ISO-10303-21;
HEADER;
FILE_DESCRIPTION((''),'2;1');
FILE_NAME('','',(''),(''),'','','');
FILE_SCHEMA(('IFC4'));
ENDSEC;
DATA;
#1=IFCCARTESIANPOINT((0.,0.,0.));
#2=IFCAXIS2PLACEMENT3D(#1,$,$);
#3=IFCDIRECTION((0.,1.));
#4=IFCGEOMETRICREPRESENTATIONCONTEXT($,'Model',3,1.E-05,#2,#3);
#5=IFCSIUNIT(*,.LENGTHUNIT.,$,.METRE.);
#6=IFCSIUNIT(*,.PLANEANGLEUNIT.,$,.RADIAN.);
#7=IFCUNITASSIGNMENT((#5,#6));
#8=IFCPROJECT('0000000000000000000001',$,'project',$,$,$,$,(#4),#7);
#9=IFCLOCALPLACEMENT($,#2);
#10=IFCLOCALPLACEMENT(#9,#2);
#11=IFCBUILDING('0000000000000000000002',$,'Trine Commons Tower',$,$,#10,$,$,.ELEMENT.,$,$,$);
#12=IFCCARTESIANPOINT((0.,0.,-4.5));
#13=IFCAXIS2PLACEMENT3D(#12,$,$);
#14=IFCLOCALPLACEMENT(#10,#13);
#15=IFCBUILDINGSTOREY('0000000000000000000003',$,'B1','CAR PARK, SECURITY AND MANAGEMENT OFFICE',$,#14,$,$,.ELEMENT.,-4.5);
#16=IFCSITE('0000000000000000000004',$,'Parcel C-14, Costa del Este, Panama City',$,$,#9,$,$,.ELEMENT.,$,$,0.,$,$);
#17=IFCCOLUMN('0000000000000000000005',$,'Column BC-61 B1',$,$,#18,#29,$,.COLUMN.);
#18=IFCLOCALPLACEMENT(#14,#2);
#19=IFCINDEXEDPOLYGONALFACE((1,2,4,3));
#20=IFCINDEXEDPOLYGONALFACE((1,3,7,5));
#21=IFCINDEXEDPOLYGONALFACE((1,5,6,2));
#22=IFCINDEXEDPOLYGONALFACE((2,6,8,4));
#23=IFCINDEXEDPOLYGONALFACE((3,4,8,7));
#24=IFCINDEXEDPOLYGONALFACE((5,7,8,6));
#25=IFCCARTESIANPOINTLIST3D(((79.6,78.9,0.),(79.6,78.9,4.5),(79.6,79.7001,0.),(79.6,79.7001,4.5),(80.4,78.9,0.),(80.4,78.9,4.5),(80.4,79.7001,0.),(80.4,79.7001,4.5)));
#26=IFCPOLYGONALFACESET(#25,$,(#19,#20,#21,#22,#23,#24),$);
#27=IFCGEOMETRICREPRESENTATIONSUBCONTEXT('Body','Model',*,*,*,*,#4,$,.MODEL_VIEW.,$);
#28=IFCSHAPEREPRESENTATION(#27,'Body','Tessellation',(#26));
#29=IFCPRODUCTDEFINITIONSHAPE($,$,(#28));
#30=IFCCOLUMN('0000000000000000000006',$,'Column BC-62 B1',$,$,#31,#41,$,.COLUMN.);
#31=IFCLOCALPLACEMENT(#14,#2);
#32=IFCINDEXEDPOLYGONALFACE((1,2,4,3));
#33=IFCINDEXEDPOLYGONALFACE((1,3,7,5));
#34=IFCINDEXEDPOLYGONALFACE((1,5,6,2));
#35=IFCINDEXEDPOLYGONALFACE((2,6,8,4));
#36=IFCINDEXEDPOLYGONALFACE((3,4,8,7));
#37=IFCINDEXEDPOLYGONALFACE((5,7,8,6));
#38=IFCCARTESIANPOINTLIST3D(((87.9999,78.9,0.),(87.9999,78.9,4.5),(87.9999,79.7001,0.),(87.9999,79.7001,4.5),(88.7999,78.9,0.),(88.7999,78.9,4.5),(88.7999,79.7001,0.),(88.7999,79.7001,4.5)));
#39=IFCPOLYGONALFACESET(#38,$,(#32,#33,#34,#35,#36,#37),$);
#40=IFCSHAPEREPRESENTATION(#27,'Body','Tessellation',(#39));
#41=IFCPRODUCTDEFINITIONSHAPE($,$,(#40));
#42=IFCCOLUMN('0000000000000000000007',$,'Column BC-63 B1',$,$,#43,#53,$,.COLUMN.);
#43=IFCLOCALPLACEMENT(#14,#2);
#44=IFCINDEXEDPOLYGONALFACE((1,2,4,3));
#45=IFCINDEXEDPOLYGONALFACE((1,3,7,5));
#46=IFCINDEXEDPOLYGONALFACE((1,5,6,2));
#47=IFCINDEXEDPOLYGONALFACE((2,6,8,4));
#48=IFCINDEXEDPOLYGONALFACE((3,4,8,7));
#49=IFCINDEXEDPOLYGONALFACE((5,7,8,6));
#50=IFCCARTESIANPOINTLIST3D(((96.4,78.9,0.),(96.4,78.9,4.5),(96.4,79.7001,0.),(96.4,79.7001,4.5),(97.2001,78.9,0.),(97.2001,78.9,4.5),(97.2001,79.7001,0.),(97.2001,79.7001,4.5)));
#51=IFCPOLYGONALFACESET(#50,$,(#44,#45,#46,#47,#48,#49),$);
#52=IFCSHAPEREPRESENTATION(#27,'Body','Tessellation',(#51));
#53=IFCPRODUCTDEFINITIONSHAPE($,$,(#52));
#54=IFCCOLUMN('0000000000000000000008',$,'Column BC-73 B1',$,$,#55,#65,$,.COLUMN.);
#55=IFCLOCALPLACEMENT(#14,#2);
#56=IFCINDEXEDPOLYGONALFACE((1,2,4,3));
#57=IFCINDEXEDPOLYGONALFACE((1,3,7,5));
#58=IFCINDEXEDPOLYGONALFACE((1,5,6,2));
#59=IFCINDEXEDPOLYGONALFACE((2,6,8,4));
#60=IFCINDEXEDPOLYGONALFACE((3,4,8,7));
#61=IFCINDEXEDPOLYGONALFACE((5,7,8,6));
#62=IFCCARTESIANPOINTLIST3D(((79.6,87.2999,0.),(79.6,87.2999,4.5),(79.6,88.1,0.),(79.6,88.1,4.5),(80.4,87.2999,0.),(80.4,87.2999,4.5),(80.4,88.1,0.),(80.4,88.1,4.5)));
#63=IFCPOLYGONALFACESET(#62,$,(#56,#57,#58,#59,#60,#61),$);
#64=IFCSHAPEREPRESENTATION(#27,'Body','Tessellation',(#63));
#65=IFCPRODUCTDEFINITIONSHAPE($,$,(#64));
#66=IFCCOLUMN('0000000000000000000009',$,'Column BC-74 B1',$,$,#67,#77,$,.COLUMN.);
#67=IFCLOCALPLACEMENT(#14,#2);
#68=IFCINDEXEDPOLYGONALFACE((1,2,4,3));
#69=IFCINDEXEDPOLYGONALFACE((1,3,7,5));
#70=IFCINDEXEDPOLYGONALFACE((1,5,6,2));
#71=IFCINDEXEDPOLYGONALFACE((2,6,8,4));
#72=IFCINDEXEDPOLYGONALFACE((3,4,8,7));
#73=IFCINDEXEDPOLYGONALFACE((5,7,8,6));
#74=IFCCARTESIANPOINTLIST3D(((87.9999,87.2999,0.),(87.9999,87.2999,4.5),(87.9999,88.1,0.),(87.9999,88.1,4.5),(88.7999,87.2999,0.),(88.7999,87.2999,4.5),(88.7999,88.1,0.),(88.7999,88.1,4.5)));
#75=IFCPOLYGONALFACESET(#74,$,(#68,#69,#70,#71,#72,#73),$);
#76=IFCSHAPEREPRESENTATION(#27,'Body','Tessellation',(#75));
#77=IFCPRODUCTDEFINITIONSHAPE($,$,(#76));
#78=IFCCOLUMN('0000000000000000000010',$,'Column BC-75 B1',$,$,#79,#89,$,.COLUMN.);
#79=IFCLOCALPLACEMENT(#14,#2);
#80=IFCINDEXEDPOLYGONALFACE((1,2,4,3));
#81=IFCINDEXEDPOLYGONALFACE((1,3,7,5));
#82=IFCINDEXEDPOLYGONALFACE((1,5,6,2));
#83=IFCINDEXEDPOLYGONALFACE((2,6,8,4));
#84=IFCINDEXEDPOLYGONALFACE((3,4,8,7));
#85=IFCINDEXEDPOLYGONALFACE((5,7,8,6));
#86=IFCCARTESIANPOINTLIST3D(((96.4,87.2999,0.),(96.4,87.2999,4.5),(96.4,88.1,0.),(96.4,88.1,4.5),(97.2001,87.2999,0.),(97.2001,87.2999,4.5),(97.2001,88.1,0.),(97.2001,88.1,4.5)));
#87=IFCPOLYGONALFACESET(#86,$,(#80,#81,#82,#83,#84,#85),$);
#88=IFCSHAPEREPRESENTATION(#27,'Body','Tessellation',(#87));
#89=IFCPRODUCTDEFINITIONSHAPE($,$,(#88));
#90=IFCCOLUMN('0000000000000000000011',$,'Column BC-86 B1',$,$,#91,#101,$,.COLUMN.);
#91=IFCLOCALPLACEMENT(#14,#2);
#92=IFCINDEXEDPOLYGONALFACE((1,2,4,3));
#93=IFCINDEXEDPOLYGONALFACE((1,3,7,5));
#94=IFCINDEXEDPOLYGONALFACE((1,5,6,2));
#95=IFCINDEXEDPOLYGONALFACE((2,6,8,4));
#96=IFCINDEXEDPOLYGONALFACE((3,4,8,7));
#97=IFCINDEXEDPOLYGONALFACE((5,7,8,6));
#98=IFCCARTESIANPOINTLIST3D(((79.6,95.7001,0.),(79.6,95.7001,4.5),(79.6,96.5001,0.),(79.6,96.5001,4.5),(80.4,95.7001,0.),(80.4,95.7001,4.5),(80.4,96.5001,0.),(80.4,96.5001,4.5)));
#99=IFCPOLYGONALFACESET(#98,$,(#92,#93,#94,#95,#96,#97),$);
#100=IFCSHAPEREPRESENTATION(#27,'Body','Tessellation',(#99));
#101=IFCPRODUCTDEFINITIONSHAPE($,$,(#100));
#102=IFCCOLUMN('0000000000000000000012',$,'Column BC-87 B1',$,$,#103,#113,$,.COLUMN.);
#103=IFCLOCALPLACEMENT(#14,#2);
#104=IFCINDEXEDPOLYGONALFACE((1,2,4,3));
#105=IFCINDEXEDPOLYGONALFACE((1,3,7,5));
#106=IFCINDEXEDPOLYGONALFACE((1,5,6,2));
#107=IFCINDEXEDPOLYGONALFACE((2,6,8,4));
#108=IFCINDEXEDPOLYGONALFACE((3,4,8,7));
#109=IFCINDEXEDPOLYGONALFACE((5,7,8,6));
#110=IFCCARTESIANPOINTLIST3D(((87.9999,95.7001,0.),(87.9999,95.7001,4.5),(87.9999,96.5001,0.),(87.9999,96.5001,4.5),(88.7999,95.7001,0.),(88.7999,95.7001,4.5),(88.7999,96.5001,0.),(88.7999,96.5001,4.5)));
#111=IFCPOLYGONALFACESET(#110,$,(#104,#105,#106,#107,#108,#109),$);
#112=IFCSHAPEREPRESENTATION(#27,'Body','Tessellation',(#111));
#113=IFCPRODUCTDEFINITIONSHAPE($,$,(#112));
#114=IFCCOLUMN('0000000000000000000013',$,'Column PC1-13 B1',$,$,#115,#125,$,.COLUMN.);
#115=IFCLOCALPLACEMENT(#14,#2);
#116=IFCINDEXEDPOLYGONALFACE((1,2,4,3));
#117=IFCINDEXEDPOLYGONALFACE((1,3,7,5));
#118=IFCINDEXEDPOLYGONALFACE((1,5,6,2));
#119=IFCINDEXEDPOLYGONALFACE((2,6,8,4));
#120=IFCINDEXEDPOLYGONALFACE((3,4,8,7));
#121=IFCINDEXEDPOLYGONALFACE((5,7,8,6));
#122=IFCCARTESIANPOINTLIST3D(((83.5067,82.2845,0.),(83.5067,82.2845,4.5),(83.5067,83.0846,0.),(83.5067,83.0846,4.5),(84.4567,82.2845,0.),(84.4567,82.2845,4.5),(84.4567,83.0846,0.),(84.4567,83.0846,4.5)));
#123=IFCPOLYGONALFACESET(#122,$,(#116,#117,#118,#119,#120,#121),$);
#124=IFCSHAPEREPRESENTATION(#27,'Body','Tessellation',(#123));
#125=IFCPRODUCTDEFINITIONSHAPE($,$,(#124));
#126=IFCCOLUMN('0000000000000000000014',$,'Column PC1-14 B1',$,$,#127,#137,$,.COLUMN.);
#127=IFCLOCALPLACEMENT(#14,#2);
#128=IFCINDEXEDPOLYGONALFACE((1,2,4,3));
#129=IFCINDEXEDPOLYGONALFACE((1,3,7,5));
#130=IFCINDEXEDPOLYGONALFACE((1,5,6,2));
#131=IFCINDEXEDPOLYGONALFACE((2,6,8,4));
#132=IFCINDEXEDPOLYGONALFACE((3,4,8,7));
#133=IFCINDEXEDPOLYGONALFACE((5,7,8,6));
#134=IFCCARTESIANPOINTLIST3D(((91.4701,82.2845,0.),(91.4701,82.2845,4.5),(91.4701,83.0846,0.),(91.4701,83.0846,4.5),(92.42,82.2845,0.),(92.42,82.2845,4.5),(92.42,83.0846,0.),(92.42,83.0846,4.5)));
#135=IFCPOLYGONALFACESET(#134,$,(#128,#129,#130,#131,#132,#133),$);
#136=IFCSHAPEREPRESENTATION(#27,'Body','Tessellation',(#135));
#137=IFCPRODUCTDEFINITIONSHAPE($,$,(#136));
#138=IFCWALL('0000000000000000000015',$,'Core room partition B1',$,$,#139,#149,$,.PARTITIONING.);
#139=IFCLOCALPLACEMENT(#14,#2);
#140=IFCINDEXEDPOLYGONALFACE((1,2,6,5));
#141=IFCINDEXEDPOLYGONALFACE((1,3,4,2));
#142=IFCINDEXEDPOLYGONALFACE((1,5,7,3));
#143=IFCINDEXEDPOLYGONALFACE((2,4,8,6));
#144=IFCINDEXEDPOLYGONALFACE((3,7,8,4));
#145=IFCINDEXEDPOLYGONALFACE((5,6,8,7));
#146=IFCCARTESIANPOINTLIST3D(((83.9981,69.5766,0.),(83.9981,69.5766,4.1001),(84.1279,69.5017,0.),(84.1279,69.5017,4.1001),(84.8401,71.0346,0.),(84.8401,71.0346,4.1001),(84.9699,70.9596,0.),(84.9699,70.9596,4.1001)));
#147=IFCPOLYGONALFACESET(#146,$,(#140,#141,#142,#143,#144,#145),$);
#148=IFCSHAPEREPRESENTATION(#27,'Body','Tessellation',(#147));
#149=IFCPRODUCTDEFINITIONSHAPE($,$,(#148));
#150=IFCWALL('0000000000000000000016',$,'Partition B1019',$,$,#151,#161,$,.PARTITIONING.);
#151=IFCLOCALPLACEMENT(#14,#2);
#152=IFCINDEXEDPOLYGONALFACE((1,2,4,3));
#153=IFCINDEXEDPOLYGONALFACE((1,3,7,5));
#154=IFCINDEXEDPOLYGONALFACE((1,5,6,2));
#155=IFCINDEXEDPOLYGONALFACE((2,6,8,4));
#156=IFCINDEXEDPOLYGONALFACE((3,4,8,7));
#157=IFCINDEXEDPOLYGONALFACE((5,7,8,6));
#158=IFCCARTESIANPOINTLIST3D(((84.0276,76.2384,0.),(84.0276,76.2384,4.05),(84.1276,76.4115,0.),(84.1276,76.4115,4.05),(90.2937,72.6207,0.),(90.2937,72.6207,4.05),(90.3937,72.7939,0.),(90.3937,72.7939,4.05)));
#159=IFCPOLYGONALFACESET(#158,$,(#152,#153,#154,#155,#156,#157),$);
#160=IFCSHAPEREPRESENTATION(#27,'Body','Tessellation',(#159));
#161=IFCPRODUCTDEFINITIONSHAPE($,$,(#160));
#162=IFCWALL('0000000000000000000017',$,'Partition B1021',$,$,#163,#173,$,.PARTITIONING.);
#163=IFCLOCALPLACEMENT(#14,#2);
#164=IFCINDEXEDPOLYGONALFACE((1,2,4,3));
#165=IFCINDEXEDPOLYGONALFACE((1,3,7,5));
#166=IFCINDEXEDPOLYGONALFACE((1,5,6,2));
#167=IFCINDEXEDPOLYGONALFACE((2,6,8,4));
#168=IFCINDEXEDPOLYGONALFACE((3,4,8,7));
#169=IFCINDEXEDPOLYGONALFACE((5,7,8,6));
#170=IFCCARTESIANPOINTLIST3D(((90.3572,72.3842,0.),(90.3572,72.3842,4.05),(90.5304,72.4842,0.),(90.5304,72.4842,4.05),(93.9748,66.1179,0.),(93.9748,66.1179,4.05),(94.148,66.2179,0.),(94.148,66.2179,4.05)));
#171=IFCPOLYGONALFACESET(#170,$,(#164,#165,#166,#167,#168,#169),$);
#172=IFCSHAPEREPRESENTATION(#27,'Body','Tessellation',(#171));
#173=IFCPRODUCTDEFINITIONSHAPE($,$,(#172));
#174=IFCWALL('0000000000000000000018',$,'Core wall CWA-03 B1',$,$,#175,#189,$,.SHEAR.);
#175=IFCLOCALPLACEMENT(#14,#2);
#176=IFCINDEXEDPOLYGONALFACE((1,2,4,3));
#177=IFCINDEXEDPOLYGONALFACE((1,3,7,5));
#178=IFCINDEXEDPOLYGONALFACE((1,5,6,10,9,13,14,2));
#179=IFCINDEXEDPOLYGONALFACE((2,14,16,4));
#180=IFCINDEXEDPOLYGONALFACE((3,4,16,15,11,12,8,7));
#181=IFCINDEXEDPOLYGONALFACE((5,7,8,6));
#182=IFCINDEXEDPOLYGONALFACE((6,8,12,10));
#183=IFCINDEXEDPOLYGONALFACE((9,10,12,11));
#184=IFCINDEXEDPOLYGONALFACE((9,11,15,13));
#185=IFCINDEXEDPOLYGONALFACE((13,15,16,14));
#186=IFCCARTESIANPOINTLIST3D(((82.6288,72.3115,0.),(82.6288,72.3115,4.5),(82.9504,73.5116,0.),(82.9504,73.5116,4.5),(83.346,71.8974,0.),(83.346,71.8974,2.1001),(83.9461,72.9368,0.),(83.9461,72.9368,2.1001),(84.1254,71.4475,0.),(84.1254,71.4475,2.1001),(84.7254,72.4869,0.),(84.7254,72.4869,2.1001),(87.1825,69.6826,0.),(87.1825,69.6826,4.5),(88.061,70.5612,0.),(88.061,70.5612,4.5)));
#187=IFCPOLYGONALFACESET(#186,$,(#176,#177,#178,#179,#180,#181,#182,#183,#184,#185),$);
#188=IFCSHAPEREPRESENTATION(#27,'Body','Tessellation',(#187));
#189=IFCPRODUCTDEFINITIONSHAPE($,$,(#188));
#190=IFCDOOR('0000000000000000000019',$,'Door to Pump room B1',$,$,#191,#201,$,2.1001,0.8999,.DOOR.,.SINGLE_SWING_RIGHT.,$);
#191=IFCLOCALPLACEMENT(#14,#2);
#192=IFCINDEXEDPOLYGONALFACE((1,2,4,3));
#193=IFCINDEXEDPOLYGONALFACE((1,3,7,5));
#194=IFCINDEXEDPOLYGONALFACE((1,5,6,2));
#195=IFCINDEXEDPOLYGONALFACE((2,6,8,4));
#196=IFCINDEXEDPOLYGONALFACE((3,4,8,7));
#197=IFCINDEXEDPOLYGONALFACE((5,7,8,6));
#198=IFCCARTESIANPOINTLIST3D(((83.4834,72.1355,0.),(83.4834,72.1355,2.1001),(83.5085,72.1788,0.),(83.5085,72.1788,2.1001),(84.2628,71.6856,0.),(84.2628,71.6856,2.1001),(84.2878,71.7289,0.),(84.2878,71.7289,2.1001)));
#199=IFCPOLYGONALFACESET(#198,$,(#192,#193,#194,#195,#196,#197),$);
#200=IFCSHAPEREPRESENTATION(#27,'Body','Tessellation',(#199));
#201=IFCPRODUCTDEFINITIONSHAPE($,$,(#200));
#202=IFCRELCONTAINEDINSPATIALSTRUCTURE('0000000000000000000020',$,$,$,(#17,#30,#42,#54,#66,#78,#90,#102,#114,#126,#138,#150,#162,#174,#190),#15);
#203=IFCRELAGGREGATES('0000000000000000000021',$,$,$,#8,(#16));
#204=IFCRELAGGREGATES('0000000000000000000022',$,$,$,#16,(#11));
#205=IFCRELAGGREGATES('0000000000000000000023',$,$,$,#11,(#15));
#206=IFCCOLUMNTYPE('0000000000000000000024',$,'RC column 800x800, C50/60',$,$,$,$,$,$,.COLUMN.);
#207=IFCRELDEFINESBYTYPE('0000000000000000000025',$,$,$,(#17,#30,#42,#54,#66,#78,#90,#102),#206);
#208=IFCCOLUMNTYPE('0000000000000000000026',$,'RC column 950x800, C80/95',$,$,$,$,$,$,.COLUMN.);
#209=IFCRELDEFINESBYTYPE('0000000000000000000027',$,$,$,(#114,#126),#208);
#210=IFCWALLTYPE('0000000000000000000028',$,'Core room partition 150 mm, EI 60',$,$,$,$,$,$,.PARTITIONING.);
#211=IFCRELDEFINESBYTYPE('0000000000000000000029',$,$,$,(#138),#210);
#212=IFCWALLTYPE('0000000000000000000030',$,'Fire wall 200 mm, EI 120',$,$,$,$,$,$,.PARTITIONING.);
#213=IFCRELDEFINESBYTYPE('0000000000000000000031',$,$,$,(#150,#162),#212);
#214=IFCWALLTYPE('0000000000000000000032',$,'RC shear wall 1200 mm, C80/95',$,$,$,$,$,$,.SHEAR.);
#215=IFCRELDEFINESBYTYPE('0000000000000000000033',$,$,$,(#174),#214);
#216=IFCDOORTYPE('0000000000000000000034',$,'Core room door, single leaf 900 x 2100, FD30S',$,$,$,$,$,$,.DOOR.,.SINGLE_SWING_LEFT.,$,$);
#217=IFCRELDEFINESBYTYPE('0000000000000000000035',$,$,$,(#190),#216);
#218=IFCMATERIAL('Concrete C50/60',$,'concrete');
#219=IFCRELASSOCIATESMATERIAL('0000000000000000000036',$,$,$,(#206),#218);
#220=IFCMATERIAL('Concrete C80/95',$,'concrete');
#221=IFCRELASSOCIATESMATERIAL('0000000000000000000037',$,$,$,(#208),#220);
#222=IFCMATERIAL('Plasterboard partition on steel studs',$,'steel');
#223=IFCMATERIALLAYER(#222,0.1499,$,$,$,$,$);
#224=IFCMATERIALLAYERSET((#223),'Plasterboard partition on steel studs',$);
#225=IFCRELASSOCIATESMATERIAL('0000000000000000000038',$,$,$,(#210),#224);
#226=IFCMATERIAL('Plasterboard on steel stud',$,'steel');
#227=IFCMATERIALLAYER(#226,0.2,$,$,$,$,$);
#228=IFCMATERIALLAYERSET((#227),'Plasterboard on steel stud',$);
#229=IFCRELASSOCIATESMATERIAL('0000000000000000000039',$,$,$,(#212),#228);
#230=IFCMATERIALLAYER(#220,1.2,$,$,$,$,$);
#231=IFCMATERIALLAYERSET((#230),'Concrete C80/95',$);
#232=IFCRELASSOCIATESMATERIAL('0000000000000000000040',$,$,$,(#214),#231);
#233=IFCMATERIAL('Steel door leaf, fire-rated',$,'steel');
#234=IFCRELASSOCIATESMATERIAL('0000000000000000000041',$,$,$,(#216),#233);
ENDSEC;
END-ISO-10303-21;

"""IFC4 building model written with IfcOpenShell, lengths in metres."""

from ifc_helpers import new_model, si_unit, direction, frame, frame_2d, origin, origin_2d, place, context, subcontext, project, spatial, polyline, rectangle, outline, extrude, material, layer, layer_set, material_profile, profile_set, type_object, element, fill, save


model = new_model("IFC4")

# Units and contexts
model_context = context("Model", 3, precision=1e-05, world=origin(), true_north=direction((0.0, 1.0)))
body_context = subcontext(model_context, "Body", "Model", "MODEL_VIEW")
ifc_project = project(units=[si_unit("LENGTHUNIT", "METRE"), si_unit("PLANEANGLEUNIT", "RADIAN")], contexts=[model_context])

# Site, building, storey
site_placement = place(None, origin())
site = spatial("IfcSite", under=ifc_project, at=site_placement, Name="Parcel C-14, Costa del Este, Panama City", CompositionType="ELEMENT", RefElevation=0.0)
building_placement = place(site_placement, origin())
building = spatial("IfcBuilding", under=site, at=building_placement, Name="Trine Commons Tower", CompositionType="ELEMENT")
storey_placement = place(building_placement, frame((0.0, 0.0, -4.5)))
storey = spatial("IfcBuildingStorey", under=building, at=storey_placement, Name="B1", Description="CAR PARK, SECURITY AND MANAGEMENT OFFICE", CompositionType="ELEMENT", Elevation=-4.5)

# Columns
ifc_material_1 = material(Name="Concrete C50/60", Category="concrete")
ifc_material_profile_1 = material_profile(ifc_material_1, rectangle(XDim=0.8, YDim=0.8, at=origin_2d()), Name="RC 800x800")
ifc_profile_set_1 = profile_set([ifc_material_profile_1], Name="Concrete C50/60")
column_type_1 = type_object("IfcColumnType", Name="RC column 800x800, C50/60", PredefinedType="COLUMN", material=ifc_profile_set_1)
for number, where, z_axis, x_axis, name in (
    (1, (80.0, 79.3, 0.0), (0.0, 0.0, 1.0), (1.0, 0.0, 0.0), "Column BC-61 B1"),
    (2, (88.3999, 79.3, 0.0), (0.0, 0.0, 1.0), (1.0, 0.0, 0.0), "Column BC-62 B1"),
    (3, (96.8, 79.3, 0.0), (0.0, 0.0, 1.0), (1.0, 0.0, 0.0), "Column BC-63 B1"),
    (4, (80.0, 87.7, 0.0), (0.0, 0.0, 1.0), (1.0, 0.0, 0.0), "Column BC-73 B1"),
    (5, (88.3999, 87.7, 0.0), (0.0, 0.0, 1.0), (1.0, 0.0, 0.0), "Column BC-74 B1"),
    (6, (96.8, 87.7, 0.0), (0.0, 0.0, 1.0), (1.0, 0.0, 0.0), "Column BC-75 B1"),
    (7, (80.0, 96.1001, 0.0), (0.0, 0.0, 1.0), (1.0, 0.0, 0.0), "Column BC-86 B1"),
    (8, (88.3999, 96.1001, 0.0), (0.0, 0.0, 1.0), (1.0, 0.0, 0.0), "Column BC-87 B1"),
):
    element("IfcColumn", number, at=place(storey_placement, frame(where, z_axis=z_axis, x_axis=x_axis)), inside=storey, type_object=column_type_1, Name=name, PredefinedType="COLUMN", context=body_context, shape_type="SweptSolid", body=[
        extrude(rectangle(XDim=0.8, YDim=0.8, at=origin_2d()), origin(), (0.0, 0.0, 1.0), 4.5),
    ])
ifc_material_2 = material(Name="Concrete C80/95", Category="concrete")
ifc_material_profile_2 = material_profile(ifc_material_2, rectangle(XDim=0.95, YDim=0.8, at=origin_2d()), Name="RC 950x800")
ifc_profile_set_2 = profile_set([ifc_material_profile_2], Name="Concrete C80/95")
column_type_2 = type_object("IfcColumnType", Name="RC column 950x800, C80/95", PredefinedType="COLUMN", material=ifc_profile_set_2)
for number, where, z_axis, x_axis, name in (
    (9, (83.9817, 82.6846, 0.0), (0.0, 0.0, 1.0), (1.0, 0.0, 0.0), "Column PC1-13 B1"),
    (10, (91.9451, 82.6846, 0.0), (0.0, 0.0, 1.0), (1.0, 0.0, 0.0), "Column PC1-14 B1"),
):
    element("IfcColumn", number, at=place(storey_placement, frame(where, z_axis=z_axis, x_axis=x_axis)), inside=storey, type_object=column_type_2, Name=name, PredefinedType="COLUMN", context=body_context, shape_type="SweptSolid", body=[
        extrude(rectangle(XDim=0.95, YDim=0.8, at=origin_2d()), origin(), (0.0, 0.0, 1.0), 4.5),
    ])

# Walls
ifc_material_3 = material(Name="Plasterboard partition on steel studs", Category="steel")
ifc_layer_1 = layer(ifc_material_3, 0.1499)
ifc_layer_set_1 = layer_set([ifc_layer_1], Name="Plasterboard partition on steel studs")
wall_type_1 = type_object("IfcWallType", Name="Core room partition 150 mm, EI 60", PredefinedType="PARTITIONING", material=ifc_layer_set_1)
wall_1_placement = place(storey_placement, frame((84.905, 70.9971, 0.0), z_axis=(0.0, 0.0, 1.0), x_axis=(-0.500116, -0.865959, 0.0)))
element("IfcWall", 11, at=wall_1_placement, inside=storey, type_object=wall_type_1, Name="Core room partition B1", PredefinedType="PARTITIONING", context=body_context, shape_type="SweptSolid", body=[
    extrude(rectangle(XDim=1.6836, YDim=0.1499, at=frame_2d((0.8418, 0.0))), origin(), (0.0, 0.0, 1.0), 4.1001),
])
ifc_material_4 = material(Name="Plasterboard on steel stud", Category="steel")
ifc_layer_2 = layer(ifc_material_4, 0.2)
ifc_layer_set_2 = layer_set([ifc_layer_2], Name="Plasterboard on steel stud")
wall_type_2 = type_object("IfcWallType", Name="Fire wall 200 mm, EI 120", PredefinedType="PARTITIONING", material=ifc_layer_set_2)
wall_2_placement = place(storey_placement, frame((84.0776, 76.325, 0.0), z_axis=(0.0, 0.0, 1.0), x_axis=(0.866029, -0.499993, 0.0)))
element("IfcWall", 12, at=wall_2_placement, inside=storey, type_object=wall_type_2, Name="Partition B1019", PredefinedType="PARTITIONING", context=body_context, shape_type="SweptSolid", body=[
    extrude(rectangle(XDim=7.2354, YDim=0.2, at=frame_2d((3.6177, 0.0))), origin(), (0.0, 0.0, 1.0), 4.05),
])
wall_3_placement = place(storey_placement, frame((90.4438, 72.4341, 0.0), z_axis=(0.0, 0.0, 1.0), x_axis=(0.499979, -0.866038, 0.0)))
element("IfcWall", 13, at=wall_3_placement, inside=storey, type_object=wall_type_2, Name="Partition B1021", PredefinedType="PARTITIONING", context=body_context, shape_type="SweptSolid", body=[
    extrude(rectangle(XDim=7.2356, YDim=0.2, at=frame_2d((3.6177, 0.0))), origin(), (0.0, 0.0, 1.0), 4.05),
])

# Wall, opening, door
ifc_layer_3 = layer(ifc_material_2, 1.2)
ifc_layer_set_3 = layer_set([ifc_layer_3], Name="Concrete C80/95")
wall_type_3 = type_object("IfcWallType", Name="RC shear wall 1200 mm, C80/95", PredefinedType="SHEAR", material=ifc_layer_set_3)
wall_4_placement = place(storey_placement, frame((87.761, 70.0415, 0.0), z_axis=(0.0, 0.0, 1.0), x_axis=(-0.866037, 0.499979, 0.0)))
wall_4 = element("IfcWall", 14, at=wall_4_placement, inside=storey, type_object=wall_type_3, Name="Core wall CWA-03 B1", PredefinedType="SHEAR", context=body_context, shape_type="SweptSolid", body=[
    extrude(outline(polyline([(0.0, -0.6001), (5.9011, -0.6001), (5.5796, 0.6001), (0.3215, 0.6001), (0.0, -0.6001)])), origin(), (0.0, 0.0, 1.0), 4.5),
])
opening_1_placement = place(wall_4_placement, frame((3.8516, 0.0, 0.0)))
opening_1 = element("IfcOpeningElement", 15, at=opening_1_placement, cuts=wall_4, PredefinedType="OPENING", context=body_context, shape_type="SweptSolid", body=[
    extrude(rectangle(XDim=0.8999, YDim=2.1001, at=frame_2d((0.45, 1.05))), frame((0.0, 0.6099, 0.0), z_axis=(0.0, -1.0, 0.0), x_axis=(1.0, 0.0, 0.0)), (0.0, 0.0, 1.0), 1.22),
])
ifc_material_5 = material(Name="Steel door leaf, fire-rated", Category="steel")
door_type_1 = type_object("IfcDoorType", Name="Core room door, single leaf 900 x 2100, FD30S", OperationType="SINGLE_SWING_LEFT", PredefinedType="DOOR", material=ifc_material_5)
door_1_placement = place(opening_1_placement, origin())
door_1 = element("IfcDoor", 16, at=door_1_placement, inside=storey, type_object=door_type_1, Name="Door to Pump room B1", OperationType="SINGLE_SWING_RIGHT", OverallHeight=2.1001, OverallWidth=0.8999, PredefinedType="DOOR", context=body_context, shape_type="SweptSolid", body=[
    extrude(rectangle(XDim=0.8999, YDim=2.1001, at=frame_2d((0.45, 1.05))), frame((0.0, 0.3252, 0.0), z_axis=(0.0, -1.0, 0.0), x_axis=(1.0, 0.0, 0.0)), (0.0, 0.0, 1.0), 0.05),
])
fill(opening_1, door_1)

save(model, "model.ifc")
